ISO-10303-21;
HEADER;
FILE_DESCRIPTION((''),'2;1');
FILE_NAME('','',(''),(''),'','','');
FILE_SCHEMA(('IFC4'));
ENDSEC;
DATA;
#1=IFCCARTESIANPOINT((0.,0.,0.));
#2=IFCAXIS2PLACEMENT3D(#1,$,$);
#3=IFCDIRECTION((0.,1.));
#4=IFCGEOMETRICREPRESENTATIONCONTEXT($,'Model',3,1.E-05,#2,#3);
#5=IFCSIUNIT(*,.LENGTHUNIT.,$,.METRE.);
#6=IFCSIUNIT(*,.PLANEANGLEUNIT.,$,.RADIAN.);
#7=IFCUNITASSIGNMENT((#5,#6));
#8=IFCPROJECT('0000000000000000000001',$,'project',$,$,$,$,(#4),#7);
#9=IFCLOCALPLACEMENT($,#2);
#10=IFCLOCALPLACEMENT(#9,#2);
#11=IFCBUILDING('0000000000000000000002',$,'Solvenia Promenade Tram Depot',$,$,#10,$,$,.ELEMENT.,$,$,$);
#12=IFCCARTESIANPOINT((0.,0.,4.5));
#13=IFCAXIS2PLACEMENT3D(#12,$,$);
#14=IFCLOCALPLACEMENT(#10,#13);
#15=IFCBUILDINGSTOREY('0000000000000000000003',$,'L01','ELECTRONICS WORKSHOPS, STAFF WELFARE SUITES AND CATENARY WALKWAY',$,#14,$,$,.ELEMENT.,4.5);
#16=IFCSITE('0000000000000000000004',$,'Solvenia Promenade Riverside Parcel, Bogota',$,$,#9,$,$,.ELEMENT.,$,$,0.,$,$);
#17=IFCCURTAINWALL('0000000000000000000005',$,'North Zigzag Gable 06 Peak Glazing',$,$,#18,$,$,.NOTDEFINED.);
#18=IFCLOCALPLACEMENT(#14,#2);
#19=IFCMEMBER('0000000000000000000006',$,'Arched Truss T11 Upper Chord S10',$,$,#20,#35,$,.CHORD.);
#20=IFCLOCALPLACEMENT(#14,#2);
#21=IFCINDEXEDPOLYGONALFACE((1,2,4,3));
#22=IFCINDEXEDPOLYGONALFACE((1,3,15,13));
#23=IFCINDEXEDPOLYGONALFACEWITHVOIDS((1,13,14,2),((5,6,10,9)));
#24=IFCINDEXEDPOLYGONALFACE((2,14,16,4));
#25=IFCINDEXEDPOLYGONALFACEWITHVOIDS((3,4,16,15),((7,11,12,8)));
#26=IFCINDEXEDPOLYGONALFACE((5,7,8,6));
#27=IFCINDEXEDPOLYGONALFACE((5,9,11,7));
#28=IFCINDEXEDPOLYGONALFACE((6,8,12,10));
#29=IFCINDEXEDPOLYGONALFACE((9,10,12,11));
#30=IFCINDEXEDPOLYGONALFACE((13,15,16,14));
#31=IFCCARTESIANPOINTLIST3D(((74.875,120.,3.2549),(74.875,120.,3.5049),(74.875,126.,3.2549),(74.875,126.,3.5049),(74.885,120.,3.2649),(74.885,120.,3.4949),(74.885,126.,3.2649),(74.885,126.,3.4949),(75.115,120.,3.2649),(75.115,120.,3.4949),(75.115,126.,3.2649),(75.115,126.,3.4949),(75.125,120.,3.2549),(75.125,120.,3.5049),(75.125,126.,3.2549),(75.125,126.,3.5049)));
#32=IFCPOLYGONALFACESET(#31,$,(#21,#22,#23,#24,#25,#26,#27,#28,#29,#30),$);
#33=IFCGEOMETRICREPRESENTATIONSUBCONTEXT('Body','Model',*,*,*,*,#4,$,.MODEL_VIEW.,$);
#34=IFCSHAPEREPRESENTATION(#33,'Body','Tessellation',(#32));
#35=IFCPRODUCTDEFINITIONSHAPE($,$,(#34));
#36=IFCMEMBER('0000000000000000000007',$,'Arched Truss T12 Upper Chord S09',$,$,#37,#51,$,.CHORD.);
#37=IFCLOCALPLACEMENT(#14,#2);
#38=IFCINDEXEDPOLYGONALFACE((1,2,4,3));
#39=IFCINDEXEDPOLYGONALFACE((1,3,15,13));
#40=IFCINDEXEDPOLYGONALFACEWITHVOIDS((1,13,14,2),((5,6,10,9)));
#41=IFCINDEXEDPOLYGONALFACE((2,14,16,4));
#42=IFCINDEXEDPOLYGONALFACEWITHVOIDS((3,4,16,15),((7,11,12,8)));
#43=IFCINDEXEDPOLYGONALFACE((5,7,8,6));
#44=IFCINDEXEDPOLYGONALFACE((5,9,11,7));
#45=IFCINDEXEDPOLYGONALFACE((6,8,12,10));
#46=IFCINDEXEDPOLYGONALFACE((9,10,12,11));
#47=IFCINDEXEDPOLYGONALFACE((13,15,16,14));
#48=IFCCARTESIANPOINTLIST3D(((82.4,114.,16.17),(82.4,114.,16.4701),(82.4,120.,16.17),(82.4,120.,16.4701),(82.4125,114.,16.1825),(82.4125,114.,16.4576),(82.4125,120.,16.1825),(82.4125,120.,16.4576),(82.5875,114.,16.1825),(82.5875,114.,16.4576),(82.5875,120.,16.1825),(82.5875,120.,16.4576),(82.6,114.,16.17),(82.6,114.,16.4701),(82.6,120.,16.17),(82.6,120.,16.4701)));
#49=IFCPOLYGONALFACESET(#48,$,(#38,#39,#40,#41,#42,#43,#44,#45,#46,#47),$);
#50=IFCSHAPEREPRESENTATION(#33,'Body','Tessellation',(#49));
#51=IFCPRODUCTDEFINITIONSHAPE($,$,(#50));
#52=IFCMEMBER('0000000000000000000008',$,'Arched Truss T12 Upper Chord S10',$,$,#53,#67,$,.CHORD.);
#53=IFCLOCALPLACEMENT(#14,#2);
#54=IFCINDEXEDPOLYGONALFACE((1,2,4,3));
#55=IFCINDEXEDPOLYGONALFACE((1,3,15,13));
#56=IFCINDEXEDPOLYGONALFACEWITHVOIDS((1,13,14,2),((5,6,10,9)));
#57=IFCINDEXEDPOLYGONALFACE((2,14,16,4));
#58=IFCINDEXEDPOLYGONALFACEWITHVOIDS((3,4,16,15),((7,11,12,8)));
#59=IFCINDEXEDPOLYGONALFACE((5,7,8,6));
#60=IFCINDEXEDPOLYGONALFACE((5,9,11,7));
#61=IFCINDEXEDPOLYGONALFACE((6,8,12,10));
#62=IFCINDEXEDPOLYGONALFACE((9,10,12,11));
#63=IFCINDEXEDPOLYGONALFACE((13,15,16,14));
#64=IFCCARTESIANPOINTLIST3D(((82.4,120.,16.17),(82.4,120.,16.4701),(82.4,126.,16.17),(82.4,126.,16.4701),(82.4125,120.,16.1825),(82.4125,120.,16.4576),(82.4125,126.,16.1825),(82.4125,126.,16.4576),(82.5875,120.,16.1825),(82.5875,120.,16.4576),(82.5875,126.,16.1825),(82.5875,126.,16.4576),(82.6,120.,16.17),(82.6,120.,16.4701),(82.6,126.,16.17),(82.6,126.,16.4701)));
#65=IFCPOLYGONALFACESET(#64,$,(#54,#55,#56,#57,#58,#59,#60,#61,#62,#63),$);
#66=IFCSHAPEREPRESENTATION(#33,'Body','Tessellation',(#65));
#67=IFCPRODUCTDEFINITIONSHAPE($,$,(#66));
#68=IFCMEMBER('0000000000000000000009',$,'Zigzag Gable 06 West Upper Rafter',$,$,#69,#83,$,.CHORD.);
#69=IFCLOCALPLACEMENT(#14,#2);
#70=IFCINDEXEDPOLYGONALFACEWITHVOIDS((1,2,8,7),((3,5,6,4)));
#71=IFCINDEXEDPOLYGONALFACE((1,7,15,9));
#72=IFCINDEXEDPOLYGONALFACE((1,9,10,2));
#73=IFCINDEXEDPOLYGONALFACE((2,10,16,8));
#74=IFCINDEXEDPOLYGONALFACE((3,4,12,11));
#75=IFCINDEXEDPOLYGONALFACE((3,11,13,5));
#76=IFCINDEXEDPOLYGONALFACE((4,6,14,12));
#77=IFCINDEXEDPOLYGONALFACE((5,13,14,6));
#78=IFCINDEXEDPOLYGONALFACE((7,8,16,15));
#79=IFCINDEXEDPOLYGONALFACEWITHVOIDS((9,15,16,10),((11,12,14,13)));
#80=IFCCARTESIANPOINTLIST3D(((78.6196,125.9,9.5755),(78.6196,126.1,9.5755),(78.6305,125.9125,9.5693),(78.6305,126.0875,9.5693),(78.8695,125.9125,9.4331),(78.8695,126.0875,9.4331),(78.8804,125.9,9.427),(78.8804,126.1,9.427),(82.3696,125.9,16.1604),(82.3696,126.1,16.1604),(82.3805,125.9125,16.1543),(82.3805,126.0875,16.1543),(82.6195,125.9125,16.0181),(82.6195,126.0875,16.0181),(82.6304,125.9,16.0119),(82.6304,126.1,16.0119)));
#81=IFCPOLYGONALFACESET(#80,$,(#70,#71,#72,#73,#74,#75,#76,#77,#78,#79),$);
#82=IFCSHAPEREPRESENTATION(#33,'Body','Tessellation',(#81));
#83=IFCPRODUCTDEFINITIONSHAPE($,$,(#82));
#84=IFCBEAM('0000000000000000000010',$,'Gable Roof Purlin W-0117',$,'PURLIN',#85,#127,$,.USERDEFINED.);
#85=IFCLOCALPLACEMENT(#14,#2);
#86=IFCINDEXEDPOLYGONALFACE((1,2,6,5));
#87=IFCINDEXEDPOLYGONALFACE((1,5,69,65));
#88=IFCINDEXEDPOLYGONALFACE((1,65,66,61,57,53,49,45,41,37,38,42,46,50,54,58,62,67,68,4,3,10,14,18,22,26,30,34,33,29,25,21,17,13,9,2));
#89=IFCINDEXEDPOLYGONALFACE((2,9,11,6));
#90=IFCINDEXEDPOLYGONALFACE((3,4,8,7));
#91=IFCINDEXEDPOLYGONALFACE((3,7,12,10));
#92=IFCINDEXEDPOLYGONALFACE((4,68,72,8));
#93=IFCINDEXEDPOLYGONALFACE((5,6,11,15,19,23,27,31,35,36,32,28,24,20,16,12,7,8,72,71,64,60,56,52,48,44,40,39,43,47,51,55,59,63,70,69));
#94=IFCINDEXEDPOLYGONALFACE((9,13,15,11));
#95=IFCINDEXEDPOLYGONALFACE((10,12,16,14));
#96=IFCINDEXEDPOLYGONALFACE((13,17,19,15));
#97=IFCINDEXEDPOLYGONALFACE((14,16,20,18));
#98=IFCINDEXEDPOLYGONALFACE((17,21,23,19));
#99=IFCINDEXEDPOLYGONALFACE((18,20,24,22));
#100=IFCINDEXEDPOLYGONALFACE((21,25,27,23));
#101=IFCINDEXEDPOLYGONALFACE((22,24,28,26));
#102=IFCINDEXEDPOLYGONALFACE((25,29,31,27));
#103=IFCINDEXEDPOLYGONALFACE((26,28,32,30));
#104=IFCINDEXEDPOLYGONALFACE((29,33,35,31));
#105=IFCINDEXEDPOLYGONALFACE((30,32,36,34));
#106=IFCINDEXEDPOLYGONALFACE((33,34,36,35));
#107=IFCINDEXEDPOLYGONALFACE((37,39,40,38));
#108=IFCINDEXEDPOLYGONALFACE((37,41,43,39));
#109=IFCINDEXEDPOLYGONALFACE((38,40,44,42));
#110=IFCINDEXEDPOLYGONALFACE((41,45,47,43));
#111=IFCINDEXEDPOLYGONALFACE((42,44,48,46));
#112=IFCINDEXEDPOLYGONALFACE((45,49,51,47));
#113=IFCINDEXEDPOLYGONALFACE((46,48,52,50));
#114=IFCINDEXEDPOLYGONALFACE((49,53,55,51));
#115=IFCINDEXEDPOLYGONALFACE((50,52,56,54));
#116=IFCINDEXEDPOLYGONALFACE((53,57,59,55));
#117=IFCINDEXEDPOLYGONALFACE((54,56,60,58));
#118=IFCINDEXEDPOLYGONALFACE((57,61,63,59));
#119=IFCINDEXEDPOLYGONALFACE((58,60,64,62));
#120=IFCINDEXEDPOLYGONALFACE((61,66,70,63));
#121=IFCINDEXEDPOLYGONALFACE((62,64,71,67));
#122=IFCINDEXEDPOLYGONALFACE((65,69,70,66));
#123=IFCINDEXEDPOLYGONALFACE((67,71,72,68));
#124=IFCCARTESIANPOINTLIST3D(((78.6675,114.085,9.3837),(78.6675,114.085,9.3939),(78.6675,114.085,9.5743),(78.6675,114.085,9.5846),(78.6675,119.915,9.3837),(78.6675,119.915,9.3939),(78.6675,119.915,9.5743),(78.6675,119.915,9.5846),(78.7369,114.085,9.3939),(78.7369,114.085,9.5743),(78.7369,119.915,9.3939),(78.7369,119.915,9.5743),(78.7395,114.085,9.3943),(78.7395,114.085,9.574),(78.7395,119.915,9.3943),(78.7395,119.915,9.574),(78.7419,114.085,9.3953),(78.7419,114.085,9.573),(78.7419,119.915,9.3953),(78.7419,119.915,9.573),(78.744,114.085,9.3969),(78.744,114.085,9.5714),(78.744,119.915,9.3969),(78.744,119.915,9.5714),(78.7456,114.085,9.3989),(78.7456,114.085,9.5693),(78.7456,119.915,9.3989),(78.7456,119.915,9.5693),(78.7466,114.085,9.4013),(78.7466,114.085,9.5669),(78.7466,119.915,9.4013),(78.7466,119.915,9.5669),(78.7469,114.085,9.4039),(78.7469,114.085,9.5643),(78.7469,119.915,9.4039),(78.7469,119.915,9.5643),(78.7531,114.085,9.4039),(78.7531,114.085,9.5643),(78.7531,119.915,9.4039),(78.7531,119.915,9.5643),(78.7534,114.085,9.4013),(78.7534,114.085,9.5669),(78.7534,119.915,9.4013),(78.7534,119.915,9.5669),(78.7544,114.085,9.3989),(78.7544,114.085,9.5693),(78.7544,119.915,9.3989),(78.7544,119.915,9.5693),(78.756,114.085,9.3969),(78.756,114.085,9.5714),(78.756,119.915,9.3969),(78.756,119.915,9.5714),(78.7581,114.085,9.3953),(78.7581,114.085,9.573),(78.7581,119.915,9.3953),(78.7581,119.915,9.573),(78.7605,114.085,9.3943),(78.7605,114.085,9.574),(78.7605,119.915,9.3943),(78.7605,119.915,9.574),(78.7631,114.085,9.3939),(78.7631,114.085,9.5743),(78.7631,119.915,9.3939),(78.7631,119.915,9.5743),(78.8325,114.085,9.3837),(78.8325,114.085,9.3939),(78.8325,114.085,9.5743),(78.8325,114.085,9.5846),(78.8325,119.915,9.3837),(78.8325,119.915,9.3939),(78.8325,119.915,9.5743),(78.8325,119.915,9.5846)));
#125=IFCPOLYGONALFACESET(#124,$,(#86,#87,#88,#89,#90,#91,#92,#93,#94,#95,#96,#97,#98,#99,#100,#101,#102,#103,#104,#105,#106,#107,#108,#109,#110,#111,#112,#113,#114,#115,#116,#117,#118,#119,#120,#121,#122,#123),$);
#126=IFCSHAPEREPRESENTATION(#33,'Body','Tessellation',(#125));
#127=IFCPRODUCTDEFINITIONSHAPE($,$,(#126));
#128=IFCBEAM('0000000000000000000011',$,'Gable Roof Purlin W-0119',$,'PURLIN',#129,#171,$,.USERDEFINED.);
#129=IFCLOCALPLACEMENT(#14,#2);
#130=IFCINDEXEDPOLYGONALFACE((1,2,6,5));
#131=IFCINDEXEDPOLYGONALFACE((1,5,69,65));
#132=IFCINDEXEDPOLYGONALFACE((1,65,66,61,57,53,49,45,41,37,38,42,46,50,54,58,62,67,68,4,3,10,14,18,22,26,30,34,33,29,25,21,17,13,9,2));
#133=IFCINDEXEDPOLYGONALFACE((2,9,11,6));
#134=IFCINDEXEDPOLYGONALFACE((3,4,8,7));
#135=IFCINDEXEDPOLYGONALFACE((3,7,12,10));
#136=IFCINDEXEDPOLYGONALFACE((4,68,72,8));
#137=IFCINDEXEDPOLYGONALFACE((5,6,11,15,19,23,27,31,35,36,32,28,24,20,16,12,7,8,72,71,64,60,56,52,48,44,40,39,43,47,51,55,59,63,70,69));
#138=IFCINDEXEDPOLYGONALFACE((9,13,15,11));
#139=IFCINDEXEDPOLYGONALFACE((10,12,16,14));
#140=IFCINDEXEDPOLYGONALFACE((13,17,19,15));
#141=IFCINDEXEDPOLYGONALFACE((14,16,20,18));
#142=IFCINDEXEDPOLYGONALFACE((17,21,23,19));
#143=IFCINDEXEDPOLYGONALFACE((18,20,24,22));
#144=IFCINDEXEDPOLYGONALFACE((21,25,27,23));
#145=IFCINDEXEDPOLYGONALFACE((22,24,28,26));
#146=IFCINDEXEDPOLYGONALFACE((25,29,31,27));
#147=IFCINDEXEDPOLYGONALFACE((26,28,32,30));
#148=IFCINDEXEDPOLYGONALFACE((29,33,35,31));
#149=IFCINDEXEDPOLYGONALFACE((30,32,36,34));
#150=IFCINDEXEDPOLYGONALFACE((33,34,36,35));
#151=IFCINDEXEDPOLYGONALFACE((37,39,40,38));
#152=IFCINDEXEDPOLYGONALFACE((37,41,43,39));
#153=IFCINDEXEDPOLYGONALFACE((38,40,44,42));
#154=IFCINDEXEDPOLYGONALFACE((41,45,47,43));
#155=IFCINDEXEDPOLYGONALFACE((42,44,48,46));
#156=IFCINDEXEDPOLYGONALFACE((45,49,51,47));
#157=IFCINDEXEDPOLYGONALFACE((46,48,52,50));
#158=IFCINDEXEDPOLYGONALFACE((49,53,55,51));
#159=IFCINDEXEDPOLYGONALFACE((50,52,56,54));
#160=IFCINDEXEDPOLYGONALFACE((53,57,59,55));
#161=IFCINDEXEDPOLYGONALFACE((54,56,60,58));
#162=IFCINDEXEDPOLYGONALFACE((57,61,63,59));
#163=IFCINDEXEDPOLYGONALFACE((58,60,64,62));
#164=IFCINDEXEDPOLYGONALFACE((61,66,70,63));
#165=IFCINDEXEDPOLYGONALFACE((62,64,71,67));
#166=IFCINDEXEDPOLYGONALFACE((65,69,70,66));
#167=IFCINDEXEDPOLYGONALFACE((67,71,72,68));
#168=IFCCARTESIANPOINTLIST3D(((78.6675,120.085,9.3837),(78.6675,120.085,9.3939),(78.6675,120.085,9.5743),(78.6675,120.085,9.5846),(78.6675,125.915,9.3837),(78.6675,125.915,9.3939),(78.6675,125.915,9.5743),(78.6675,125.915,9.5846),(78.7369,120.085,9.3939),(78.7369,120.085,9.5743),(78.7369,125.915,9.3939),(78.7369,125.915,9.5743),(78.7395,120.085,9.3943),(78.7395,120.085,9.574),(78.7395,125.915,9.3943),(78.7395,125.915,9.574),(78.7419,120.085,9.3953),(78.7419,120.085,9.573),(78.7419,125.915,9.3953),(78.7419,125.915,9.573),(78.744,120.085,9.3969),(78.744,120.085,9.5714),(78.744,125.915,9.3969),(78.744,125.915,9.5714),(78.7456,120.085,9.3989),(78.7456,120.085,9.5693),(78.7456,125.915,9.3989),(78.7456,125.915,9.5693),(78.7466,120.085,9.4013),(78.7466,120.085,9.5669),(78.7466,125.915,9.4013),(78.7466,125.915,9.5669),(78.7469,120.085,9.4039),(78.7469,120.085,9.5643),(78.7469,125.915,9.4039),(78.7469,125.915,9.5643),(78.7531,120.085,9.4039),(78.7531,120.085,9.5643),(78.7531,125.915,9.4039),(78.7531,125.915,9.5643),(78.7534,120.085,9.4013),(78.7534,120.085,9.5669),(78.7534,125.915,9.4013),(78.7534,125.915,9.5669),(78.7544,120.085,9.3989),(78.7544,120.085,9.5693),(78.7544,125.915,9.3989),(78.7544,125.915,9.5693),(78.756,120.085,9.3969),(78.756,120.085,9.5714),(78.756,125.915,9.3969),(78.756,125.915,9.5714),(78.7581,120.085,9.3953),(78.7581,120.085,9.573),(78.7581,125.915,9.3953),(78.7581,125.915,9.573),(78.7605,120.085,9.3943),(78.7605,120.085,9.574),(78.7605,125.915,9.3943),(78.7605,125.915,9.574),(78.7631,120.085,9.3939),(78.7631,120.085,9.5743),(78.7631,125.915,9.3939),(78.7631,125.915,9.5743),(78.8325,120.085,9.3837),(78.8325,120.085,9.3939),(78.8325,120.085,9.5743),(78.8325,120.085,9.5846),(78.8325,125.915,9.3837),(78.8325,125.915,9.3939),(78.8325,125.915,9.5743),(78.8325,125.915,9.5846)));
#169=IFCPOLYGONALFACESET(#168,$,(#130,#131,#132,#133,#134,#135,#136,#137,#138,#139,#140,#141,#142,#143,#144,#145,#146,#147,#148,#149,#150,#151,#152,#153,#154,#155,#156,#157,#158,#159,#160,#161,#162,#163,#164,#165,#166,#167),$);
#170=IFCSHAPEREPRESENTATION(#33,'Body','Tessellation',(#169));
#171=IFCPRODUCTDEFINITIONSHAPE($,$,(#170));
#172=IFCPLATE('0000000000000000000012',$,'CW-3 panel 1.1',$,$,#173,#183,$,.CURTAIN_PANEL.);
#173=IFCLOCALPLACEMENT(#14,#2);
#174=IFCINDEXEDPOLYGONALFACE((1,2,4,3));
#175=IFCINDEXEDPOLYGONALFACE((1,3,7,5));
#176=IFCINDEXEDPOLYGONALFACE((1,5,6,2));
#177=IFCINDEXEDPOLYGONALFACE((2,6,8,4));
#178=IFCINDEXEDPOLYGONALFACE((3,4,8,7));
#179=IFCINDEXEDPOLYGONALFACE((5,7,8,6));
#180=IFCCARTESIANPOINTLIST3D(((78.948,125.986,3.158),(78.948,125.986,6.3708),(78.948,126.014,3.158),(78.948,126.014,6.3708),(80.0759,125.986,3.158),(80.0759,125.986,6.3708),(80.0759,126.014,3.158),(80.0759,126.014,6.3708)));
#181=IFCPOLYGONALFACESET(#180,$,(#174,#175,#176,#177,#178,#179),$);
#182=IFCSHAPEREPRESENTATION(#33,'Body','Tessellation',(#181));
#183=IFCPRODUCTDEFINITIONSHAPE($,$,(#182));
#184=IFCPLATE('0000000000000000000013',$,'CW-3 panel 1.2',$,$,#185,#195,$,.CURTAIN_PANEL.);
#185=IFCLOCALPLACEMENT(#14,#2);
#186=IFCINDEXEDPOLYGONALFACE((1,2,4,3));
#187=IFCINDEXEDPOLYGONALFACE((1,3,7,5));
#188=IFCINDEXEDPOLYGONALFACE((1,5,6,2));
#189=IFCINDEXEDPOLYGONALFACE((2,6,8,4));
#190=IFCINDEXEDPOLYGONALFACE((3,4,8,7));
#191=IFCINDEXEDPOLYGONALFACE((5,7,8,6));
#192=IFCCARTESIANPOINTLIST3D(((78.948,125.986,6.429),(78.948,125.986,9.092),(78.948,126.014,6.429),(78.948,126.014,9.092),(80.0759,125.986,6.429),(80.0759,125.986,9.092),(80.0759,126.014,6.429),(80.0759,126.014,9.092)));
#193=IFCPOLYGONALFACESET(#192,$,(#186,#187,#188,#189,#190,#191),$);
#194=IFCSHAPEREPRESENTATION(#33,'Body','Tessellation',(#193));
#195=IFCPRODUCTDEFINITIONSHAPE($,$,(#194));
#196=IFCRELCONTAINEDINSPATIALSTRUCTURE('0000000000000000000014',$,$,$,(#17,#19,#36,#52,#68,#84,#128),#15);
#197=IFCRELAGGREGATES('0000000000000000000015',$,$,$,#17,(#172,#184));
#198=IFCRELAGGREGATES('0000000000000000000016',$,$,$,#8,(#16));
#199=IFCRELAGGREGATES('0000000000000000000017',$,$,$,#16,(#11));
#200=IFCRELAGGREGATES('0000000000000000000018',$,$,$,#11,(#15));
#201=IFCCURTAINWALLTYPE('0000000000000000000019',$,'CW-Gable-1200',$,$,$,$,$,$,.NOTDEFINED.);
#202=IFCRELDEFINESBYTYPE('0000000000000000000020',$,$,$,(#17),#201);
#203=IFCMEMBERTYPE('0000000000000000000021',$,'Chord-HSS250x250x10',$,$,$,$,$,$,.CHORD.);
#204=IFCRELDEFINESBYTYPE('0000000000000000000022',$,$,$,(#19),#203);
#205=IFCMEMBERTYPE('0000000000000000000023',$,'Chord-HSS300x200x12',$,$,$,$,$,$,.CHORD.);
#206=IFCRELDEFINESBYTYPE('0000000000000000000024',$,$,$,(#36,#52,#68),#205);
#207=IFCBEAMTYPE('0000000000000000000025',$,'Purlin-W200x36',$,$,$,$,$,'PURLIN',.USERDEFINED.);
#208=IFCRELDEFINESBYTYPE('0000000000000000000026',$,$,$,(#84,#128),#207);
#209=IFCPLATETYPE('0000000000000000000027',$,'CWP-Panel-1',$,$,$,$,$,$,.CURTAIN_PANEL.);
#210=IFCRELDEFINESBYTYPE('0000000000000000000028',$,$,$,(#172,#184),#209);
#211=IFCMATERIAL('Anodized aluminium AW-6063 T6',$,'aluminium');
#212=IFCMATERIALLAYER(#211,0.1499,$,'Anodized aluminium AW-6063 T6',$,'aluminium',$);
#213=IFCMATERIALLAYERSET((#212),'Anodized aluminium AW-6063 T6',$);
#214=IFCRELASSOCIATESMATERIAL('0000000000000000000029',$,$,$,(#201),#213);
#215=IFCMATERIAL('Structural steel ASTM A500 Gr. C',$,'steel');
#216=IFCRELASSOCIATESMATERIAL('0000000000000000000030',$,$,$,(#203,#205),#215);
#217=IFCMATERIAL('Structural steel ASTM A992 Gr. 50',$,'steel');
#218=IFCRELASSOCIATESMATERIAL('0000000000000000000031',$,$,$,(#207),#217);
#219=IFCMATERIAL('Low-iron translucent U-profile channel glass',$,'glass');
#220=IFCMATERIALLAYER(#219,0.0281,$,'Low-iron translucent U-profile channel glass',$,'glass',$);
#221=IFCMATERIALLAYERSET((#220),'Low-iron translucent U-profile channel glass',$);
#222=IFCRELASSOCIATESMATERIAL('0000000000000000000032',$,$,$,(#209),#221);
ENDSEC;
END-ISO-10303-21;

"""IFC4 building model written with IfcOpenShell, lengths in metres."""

from ifc_helpers import new_model, si_unit, direction, frame, origin, origin_2d, place, context, subcontext, project, spatial, rectangle, hollow_rectangle, i_section, extrude, material, layer, layer_set, material_profile, profile_set, type_object, element, aggregate, save


model = new_model("IFC4")

# Units and contexts
model_context = context("Model", 3, precision=1e-05, world=origin(), true_north=direction((0.0, 1.0)))
body_context = subcontext(model_context, "Body", "Model", "MODEL_VIEW")
ifc_project = project(units=[si_unit("LENGTHUNIT", "METRE"), si_unit("PLANEANGLEUNIT", "RADIAN")], contexts=[model_context])

# Site, building, storey
site_placement = place(None, origin())
site = spatial("IfcSite", under=ifc_project, at=site_placement, Name="Solvenia Promenade Riverside Parcel, Bogota", CompositionType="ELEMENT", RefElevation=0.0)
building_placement = place(site_placement, origin())
building = spatial("IfcBuilding", under=site, at=building_placement, Name="Solvenia Promenade Tram Depot", CompositionType="ELEMENT")
storey_placement = place(building_placement, frame((0.0, 0.0, 4.5)))
storey = spatial("IfcBuildingStorey", under=building, at=storey_placement, Name="L01", Description="ELECTRONICS WORKSHOPS, STAFF WELFARE SUITES AND CATENARY WALKWAY", CompositionType="ELEMENT", Elevation=4.5)

# Curtain wall
ifc_material_1 = material(Name="Anodized aluminium AW-6063 T6", Category="aluminium")
ifc_layer_1 = layer(ifc_material_1, 0.1499, Name="Anodized aluminium AW-6063 T6", Category="aluminium")
ifc_layer_set_1 = layer_set([ifc_layer_1], Name="Anodized aluminium AW-6063 T6")
curtain_wall_type = type_object("IfcCurtainWallType", Name="CW-Gable-1200", PredefinedType="NOTDEFINED", material=ifc_layer_set_1)
curtain_wall_placement = place(storey_placement, origin())
curtain_wall = element("IfcCurtainWall", 1, at=curtain_wall_placement, inside=storey, type_object=curtain_wall_type, Name="North Zigzag Gable 06 Peak Glazing", PredefinedType="NOTDEFINED")

# Members
ifc_material_2 = material(Name="Structural steel ASTM A500 Gr. C", Category="steel")
ifc_material_profile_1 = material_profile(ifc_material_2, hollow_rectangle(XDim=0.25, YDim=0.25, WallThickness=0.01, at=origin_2d()), Name="HSS250x250x10", Category="steel")
ifc_profile_set_1 = profile_set([ifc_material_profile_1], Name="Structural steel ASTM A500 Gr. C")
member_type_1 = type_object("IfcMemberType", Name="Chord-HSS250x250x10", PredefinedType="CHORD", material=ifc_profile_set_1)
member_1_placement = place(storey_placement, frame((75.0, 120.0, 3.3799), z_axis=(0.0, 1.0, 0.0), x_axis=(-1.0, 0.0, 0.0)))
element("IfcMember", 2, at=member_1_placement, inside=storey, type_object=member_type_1, Name="Arched Truss T11 Upper Chord S10", PredefinedType="CHORD", context=body_context, shape_type="SweptSolid", body=[
    extrude(hollow_rectangle(XDim=0.25, YDim=0.25, WallThickness=0.01, at=origin_2d()), origin(), (0.0, 0.0, 1.0), 6.0),
])
ifc_material_profile_2 = material_profile(ifc_material_2, hollow_rectangle(XDim=0.2, YDim=0.3, WallThickness=0.0125, at=origin_2d()), Name="HSS300x200x12.5", Category="steel")
ifc_profile_set_2 = profile_set([ifc_material_profile_2], Name="Structural steel ASTM A500 Gr. C")
member_type_2 = type_object("IfcMemberType", Name="Chord-HSS300x200x12", PredefinedType="CHORD", material=ifc_profile_set_2)
for number, where, z_axis, x_axis, name in (
    (3, (82.5, 114.0, 16.3201), (0.0, 1.0, 0.0), (-1.0, 0.0, 0.0), "Arched Truss T12 Upper Chord S09"),
    (4, (82.5, 120.0, 16.3201), (0.0, 1.0, 0.0), (-1.0, 0.0, 0.0), "Arched Truss T12 Upper Chord S10"),
):
    element("IfcMember", number, at=place(storey_placement, frame(where, z_axis=z_axis, x_axis=x_axis)), inside=storey, type_object=member_type_2, Name=name, PredefinedType="CHORD", context=body_context, shape_type="SweptSolid", body=[
        extrude(hollow_rectangle(XDim=0.2, YDim=0.3, WallThickness=0.0125, at=origin_2d()), origin(), (0.0, 0.0, 1.0), 6.0),
    ])
member_2_placement = place(storey_placement, frame((78.75, 126.0, 9.5012), z_axis=(0.494862, 0.0, 0.868972), x_axis=(0.0, 1.0, 0.0)))
element("IfcMember", 5, at=member_2_placement, inside=storey, type_object=member_type_2, Name="Zigzag Gable 06 West Upper Rafter", PredefinedType="CHORD", context=body_context, shape_type="SweptSolid", body=[
    extrude(hollow_rectangle(XDim=0.2, YDim=0.3, WallThickness=0.0125, at=origin_2d()), origin(), (0.0, 0.0, 1.0), 7.5779),
])

# Beams
ifc_material_3 = material(Name="Structural steel ASTM A992 Gr. 50", Category="steel")
ifc_material_profile_3 = material_profile(ifc_material_3, i_section(OverallWidth=0.165, OverallDepth=0.2009, WebThickness=0.0061, FlangeThickness=0.0103, FilletRadius=0.01, at=origin_2d()), Name="W200x36", Category="steel")
ifc_profile_set_3 = profile_set([ifc_material_profile_3], Name="Structural steel ASTM A992 Gr. 50")
beam_type = type_object("IfcBeamType", Name="Purlin-W200x36", ElementType="PURLIN", PredefinedType="USERDEFINED", material=ifc_profile_set_3)
for number, where, z_axis, x_axis, name in (
    (6, (78.75, 114.085, 9.4841), (0.0, 1.0, 0.0), (-1.0, 0.0, 0.0), "Gable Roof Purlin W-0117"),
    (7, (78.75, 120.085, 9.4841), (0.0, 1.0, 0.0), (-1.0, 0.0, 0.0), "Gable Roof Purlin W-0119"),
):
    element("IfcBeam", number, at=place(storey_placement, frame(where, z_axis=z_axis, x_axis=x_axis)), inside=storey, type_object=beam_type, Name=name, ObjectType="PURLIN", PredefinedType="USERDEFINED", context=body_context, shape_type="SweptSolid", body=[
        extrude(i_section(OverallWidth=0.165, OverallDepth=0.2009, WebThickness=0.0061, FlangeThickness=0.0103, FilletRadius=0.01, at=origin_2d()), origin(), (0.0, 0.0, 1.0), 5.8301),
    ])

# Plates
ifc_material_4 = material(Name="Low-iron translucent U-profile channel glass", Category="glass")
ifc_layer_2 = layer(ifc_material_4, 0.0281, Name="Low-iron translucent U-profile channel glass", Category="glass")
ifc_layer_set_2 = layer_set([ifc_layer_2], Name="Low-iron translucent U-profile channel glass")
plate_type_1 = type_object("IfcPlateType", Name="CWP-Panel-1", PredefinedType="CURTAIN_PANEL", material=ifc_layer_set_2)
plate_1_placement = place(storey_placement, frame((79.512, 126.0, 3.158), z_axis=(0.0, 0.0, 1.0), x_axis=(1.0, 0.0, 0.0)))
plate_1 = element("IfcPlate", 8, at=plate_1_placement, type_object=plate_type_1, Name="CW-3 panel 1.1", PredefinedType="CURTAIN_PANEL", context=body_context, shape_type="SweptSolid", body=[
    extrude(rectangle(XDim=1.1279, YDim=0.0281, at=origin_2d()), origin(), (0.0, 0.0, 1.0), 3.2129),
])
plate_2_placement = place(storey_placement, frame((79.512, 126.0, 6.429), z_axis=(0.0, 0.0, 1.0), x_axis=(1.0, 0.0, 0.0)))
plate_2 = element("IfcPlate", 9, at=plate_2_placement, type_object=plate_type_1, Name="CW-3 panel 1.2", PredefinedType="CURTAIN_PANEL", context=body_context, shape_type="SweptSolid", body=[
    extrude(rectangle(XDim=1.1279, YDim=0.0281, at=origin_2d()), origin(), (0.0, 0.0, 1.0), 2.6631),
])
aggregate(curtain_wall, [plate_1, plate_2])

save(model, "model.ifc")
